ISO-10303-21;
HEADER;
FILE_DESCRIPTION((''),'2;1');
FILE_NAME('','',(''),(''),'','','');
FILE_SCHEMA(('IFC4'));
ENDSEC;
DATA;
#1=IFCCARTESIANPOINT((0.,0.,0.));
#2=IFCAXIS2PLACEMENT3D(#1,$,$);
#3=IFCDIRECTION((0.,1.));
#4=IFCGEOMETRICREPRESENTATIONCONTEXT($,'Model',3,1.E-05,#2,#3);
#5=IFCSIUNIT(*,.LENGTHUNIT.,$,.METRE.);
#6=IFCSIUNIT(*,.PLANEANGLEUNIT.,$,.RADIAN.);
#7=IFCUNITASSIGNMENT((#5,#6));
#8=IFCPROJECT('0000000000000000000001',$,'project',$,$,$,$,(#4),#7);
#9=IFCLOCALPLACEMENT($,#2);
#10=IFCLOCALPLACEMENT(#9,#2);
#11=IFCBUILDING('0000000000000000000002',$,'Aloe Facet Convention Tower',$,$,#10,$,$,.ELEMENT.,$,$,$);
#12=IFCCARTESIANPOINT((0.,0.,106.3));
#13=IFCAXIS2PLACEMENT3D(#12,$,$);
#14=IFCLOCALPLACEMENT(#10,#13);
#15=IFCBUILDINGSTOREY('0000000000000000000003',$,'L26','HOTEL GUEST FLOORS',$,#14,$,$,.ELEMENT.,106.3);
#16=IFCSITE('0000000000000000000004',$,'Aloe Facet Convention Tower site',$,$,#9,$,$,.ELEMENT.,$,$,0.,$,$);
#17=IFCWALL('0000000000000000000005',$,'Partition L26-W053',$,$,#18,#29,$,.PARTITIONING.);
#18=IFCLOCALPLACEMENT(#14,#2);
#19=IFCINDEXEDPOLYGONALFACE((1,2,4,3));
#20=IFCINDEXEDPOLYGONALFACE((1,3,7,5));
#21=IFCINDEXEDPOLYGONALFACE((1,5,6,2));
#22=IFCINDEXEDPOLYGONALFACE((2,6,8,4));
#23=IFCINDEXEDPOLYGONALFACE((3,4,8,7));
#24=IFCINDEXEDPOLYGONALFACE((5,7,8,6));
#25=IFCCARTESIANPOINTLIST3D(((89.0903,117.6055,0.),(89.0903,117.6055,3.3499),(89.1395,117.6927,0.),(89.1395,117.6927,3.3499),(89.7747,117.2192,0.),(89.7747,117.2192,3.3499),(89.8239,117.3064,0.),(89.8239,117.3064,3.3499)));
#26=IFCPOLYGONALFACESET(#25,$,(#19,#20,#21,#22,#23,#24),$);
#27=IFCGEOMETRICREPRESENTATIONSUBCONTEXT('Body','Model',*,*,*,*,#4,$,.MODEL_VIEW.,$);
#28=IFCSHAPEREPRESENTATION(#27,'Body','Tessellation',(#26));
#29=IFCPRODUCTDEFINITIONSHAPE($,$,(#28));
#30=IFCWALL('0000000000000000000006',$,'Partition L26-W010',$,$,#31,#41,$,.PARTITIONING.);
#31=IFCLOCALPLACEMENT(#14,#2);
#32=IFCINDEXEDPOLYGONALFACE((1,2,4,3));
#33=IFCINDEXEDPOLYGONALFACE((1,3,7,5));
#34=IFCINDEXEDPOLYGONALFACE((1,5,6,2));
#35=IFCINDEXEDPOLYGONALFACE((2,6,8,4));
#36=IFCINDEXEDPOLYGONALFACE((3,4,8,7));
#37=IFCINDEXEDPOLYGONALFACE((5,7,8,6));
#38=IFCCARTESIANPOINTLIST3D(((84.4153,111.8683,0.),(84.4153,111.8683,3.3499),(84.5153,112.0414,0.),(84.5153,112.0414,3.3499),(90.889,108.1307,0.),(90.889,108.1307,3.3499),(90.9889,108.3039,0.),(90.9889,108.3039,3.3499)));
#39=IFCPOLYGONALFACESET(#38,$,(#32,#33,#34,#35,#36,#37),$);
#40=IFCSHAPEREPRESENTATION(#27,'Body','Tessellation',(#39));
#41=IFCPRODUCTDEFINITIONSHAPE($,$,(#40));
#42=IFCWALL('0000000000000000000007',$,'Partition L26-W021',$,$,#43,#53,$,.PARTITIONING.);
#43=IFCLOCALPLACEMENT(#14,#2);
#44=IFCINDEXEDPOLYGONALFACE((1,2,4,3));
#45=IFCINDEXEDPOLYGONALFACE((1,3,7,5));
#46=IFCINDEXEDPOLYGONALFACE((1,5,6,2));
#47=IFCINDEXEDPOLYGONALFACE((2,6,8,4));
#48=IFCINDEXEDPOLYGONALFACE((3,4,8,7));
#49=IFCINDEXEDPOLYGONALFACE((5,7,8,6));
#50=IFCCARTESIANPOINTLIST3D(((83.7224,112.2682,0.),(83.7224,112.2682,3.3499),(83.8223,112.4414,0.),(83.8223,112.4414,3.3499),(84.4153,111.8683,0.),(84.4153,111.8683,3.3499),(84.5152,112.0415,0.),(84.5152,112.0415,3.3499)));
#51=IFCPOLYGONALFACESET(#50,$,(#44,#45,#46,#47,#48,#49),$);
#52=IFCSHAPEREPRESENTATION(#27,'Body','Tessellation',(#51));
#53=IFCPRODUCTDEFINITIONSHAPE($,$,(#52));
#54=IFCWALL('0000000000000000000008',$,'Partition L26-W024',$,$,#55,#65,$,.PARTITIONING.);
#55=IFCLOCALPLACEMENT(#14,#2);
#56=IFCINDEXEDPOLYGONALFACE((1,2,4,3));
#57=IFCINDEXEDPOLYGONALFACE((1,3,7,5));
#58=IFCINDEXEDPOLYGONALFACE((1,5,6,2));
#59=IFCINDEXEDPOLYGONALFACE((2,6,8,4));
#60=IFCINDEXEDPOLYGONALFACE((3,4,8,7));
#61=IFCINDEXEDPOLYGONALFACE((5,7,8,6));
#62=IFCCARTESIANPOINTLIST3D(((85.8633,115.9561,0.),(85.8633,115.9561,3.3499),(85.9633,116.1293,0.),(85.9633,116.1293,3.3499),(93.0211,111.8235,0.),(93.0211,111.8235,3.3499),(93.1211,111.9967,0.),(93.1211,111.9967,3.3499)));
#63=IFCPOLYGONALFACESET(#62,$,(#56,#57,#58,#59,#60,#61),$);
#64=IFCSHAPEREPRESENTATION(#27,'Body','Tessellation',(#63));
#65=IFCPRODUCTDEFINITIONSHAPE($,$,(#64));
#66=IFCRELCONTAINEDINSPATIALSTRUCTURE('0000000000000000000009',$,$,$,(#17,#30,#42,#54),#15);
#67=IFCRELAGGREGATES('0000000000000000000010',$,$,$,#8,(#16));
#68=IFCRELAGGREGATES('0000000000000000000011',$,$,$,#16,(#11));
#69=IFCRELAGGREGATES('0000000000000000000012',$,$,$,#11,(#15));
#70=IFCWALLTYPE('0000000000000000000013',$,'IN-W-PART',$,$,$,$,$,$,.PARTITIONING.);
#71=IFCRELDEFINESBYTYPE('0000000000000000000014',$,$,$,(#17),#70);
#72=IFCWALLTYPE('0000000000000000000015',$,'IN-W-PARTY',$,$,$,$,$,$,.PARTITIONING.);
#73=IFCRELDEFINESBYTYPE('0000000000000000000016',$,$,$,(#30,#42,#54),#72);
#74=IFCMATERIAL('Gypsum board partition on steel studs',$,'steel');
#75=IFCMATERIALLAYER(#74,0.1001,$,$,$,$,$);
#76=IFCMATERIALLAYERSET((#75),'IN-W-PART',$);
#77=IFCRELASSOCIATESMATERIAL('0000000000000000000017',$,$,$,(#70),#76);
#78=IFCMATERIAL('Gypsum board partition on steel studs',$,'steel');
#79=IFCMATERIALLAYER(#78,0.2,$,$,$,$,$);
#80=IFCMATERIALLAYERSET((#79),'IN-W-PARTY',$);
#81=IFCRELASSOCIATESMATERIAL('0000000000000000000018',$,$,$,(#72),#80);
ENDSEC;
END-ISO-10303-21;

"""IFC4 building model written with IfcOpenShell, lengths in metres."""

from ifc_helpers import new_model, si_unit, direction, frame, frame_2d, origin, place, context, subcontext, project, spatial, rectangle, extrude, material, layer, layer_set, type_object, element, save


model = new_model("IFC4")

# Units and contexts
model_context = context("Model", 3, precision=1e-05, world=origin(), true_north=direction((0.0, 1.0)))
body_context = subcontext(model_context, "Body", "Model", "MODEL_VIEW")
ifc_project = project(units=[si_unit("LENGTHUNIT", "METRE"), si_unit("PLANEANGLEUNIT", "RADIAN")], contexts=[model_context])

# Site, building, storey
site_placement = place(None, origin())
site = spatial("IfcSite", under=ifc_project, at=site_placement, Name="Aloe Facet Convention Tower site", CompositionType="ELEMENT", RefElevation=0.0)
building_placement = place(site_placement, origin())
building = spatial("IfcBuilding", under=site, at=building_placement, Name="Aloe Facet Convention Tower", CompositionType="ELEMENT")
storey_placement = place(building_placement, frame((0.0, 0.0, 106.3)))
storey = spatial("IfcBuildingStorey", under=building, at=storey_placement, Name="L26", Description="HOTEL GUEST FLOORS", CompositionType="ELEMENT", Elevation=106.3)

# Shared definitions
ifc_material_1 = material(Name="Gypsum board partition on steel studs", Category="steel")
ifc_layer_1 = layer(ifc_material_1, 0.1001)
ifc_layer_set_1 = layer_set([ifc_layer_1], Name="IN-W-PART")
wall_type_1 = type_object("IfcWallType", Name="IN-W-PART", PredefinedType="PARTITIONING", material=ifc_layer_set_1)

# Walls
wall_1_placement = place(storey_placement, frame((89.1147, 117.6492, 0.0), z_axis=(0.0, 0.0, 1.0), x_axis=(0.870869, -0.491515, 0.0)))
element("IfcWall", 1, at=wall_1_placement, inside=storey, type_object=wall_type_1, Name="Partition L26-W053", PredefinedType="PARTITIONING", context=body_context, shape_type="SweptSolid", body=[
    extrude(rectangle(XDim=0.7859, YDim=0.1001, at=frame_2d((0.3931, 0.0))), origin(), (0.0, 0.0, 1.0), 3.3499),
])
ifc_material_2 = material(Name="Gypsum board partition on steel studs", Category="steel")
ifc_layer_2 = layer(ifc_material_2, 0.2)
ifc_layer_set_2 = layer_set([ifc_layer_2], Name="IN-W-PARTY")
wall_type_2 = type_object("IfcWallType", Name="IN-W-PARTY", PredefinedType="PARTITIONING", material=ifc_layer_set_2)
wall_2_placement = place(storey_placement, frame((84.4653, 111.9548, 0.0), z_axis=(0.0, 0.0, 1.0), x_axis=(0.866026, -0.5, 0.0)))
element("IfcWall", 2, at=wall_2_placement, inside=storey, type_object=wall_type_2, Name="Partition L26-W010", PredefinedType="PARTITIONING", context=body_context, shape_type="SweptSolid", body=[
    extrude(rectangle(XDim=7.4751, YDim=0.2, at=frame_2d((3.7375, 0.0))), origin(), (0.0, 0.0, 1.0), 3.3499),
])
wall_3_placement = place(storey_placement, frame((83.7725, 112.3547, 0.0), z_axis=(0.0, 0.0, 1.0), x_axis=(0.866094, -0.499881, 0.0)))
element("IfcWall", 3, at=wall_3_placement, inside=storey, type_object=wall_type_2, Name="Partition L26-W021", PredefinedType="PARTITIONING", context=body_context, shape_type="SweptSolid", body=[
    extrude(rectangle(XDim=0.8, YDim=0.2, at=frame_2d((0.3999, 0.0))), origin(), (0.0, 0.0, 1.0), 3.3499),
])
wall_4_placement = place(storey_placement, frame((85.9133, 116.0427, 0.0), z_axis=(0.0, 0.0, 1.0), x_axis=(0.866022, -0.500005, 0.0)))
element("IfcWall", 4, at=wall_4_placement, inside=storey, type_object=wall_type_2, Name="Partition L26-W024", PredefinedType="PARTITIONING", context=body_context, shape_type="SweptSolid", body=[
    extrude(rectangle(XDim=8.2651, YDim=0.2, at=frame_2d((4.1326, 0.0))), origin(), (0.0, 0.0, 1.0), 3.3499),
])

save(model, "model.ifc")
